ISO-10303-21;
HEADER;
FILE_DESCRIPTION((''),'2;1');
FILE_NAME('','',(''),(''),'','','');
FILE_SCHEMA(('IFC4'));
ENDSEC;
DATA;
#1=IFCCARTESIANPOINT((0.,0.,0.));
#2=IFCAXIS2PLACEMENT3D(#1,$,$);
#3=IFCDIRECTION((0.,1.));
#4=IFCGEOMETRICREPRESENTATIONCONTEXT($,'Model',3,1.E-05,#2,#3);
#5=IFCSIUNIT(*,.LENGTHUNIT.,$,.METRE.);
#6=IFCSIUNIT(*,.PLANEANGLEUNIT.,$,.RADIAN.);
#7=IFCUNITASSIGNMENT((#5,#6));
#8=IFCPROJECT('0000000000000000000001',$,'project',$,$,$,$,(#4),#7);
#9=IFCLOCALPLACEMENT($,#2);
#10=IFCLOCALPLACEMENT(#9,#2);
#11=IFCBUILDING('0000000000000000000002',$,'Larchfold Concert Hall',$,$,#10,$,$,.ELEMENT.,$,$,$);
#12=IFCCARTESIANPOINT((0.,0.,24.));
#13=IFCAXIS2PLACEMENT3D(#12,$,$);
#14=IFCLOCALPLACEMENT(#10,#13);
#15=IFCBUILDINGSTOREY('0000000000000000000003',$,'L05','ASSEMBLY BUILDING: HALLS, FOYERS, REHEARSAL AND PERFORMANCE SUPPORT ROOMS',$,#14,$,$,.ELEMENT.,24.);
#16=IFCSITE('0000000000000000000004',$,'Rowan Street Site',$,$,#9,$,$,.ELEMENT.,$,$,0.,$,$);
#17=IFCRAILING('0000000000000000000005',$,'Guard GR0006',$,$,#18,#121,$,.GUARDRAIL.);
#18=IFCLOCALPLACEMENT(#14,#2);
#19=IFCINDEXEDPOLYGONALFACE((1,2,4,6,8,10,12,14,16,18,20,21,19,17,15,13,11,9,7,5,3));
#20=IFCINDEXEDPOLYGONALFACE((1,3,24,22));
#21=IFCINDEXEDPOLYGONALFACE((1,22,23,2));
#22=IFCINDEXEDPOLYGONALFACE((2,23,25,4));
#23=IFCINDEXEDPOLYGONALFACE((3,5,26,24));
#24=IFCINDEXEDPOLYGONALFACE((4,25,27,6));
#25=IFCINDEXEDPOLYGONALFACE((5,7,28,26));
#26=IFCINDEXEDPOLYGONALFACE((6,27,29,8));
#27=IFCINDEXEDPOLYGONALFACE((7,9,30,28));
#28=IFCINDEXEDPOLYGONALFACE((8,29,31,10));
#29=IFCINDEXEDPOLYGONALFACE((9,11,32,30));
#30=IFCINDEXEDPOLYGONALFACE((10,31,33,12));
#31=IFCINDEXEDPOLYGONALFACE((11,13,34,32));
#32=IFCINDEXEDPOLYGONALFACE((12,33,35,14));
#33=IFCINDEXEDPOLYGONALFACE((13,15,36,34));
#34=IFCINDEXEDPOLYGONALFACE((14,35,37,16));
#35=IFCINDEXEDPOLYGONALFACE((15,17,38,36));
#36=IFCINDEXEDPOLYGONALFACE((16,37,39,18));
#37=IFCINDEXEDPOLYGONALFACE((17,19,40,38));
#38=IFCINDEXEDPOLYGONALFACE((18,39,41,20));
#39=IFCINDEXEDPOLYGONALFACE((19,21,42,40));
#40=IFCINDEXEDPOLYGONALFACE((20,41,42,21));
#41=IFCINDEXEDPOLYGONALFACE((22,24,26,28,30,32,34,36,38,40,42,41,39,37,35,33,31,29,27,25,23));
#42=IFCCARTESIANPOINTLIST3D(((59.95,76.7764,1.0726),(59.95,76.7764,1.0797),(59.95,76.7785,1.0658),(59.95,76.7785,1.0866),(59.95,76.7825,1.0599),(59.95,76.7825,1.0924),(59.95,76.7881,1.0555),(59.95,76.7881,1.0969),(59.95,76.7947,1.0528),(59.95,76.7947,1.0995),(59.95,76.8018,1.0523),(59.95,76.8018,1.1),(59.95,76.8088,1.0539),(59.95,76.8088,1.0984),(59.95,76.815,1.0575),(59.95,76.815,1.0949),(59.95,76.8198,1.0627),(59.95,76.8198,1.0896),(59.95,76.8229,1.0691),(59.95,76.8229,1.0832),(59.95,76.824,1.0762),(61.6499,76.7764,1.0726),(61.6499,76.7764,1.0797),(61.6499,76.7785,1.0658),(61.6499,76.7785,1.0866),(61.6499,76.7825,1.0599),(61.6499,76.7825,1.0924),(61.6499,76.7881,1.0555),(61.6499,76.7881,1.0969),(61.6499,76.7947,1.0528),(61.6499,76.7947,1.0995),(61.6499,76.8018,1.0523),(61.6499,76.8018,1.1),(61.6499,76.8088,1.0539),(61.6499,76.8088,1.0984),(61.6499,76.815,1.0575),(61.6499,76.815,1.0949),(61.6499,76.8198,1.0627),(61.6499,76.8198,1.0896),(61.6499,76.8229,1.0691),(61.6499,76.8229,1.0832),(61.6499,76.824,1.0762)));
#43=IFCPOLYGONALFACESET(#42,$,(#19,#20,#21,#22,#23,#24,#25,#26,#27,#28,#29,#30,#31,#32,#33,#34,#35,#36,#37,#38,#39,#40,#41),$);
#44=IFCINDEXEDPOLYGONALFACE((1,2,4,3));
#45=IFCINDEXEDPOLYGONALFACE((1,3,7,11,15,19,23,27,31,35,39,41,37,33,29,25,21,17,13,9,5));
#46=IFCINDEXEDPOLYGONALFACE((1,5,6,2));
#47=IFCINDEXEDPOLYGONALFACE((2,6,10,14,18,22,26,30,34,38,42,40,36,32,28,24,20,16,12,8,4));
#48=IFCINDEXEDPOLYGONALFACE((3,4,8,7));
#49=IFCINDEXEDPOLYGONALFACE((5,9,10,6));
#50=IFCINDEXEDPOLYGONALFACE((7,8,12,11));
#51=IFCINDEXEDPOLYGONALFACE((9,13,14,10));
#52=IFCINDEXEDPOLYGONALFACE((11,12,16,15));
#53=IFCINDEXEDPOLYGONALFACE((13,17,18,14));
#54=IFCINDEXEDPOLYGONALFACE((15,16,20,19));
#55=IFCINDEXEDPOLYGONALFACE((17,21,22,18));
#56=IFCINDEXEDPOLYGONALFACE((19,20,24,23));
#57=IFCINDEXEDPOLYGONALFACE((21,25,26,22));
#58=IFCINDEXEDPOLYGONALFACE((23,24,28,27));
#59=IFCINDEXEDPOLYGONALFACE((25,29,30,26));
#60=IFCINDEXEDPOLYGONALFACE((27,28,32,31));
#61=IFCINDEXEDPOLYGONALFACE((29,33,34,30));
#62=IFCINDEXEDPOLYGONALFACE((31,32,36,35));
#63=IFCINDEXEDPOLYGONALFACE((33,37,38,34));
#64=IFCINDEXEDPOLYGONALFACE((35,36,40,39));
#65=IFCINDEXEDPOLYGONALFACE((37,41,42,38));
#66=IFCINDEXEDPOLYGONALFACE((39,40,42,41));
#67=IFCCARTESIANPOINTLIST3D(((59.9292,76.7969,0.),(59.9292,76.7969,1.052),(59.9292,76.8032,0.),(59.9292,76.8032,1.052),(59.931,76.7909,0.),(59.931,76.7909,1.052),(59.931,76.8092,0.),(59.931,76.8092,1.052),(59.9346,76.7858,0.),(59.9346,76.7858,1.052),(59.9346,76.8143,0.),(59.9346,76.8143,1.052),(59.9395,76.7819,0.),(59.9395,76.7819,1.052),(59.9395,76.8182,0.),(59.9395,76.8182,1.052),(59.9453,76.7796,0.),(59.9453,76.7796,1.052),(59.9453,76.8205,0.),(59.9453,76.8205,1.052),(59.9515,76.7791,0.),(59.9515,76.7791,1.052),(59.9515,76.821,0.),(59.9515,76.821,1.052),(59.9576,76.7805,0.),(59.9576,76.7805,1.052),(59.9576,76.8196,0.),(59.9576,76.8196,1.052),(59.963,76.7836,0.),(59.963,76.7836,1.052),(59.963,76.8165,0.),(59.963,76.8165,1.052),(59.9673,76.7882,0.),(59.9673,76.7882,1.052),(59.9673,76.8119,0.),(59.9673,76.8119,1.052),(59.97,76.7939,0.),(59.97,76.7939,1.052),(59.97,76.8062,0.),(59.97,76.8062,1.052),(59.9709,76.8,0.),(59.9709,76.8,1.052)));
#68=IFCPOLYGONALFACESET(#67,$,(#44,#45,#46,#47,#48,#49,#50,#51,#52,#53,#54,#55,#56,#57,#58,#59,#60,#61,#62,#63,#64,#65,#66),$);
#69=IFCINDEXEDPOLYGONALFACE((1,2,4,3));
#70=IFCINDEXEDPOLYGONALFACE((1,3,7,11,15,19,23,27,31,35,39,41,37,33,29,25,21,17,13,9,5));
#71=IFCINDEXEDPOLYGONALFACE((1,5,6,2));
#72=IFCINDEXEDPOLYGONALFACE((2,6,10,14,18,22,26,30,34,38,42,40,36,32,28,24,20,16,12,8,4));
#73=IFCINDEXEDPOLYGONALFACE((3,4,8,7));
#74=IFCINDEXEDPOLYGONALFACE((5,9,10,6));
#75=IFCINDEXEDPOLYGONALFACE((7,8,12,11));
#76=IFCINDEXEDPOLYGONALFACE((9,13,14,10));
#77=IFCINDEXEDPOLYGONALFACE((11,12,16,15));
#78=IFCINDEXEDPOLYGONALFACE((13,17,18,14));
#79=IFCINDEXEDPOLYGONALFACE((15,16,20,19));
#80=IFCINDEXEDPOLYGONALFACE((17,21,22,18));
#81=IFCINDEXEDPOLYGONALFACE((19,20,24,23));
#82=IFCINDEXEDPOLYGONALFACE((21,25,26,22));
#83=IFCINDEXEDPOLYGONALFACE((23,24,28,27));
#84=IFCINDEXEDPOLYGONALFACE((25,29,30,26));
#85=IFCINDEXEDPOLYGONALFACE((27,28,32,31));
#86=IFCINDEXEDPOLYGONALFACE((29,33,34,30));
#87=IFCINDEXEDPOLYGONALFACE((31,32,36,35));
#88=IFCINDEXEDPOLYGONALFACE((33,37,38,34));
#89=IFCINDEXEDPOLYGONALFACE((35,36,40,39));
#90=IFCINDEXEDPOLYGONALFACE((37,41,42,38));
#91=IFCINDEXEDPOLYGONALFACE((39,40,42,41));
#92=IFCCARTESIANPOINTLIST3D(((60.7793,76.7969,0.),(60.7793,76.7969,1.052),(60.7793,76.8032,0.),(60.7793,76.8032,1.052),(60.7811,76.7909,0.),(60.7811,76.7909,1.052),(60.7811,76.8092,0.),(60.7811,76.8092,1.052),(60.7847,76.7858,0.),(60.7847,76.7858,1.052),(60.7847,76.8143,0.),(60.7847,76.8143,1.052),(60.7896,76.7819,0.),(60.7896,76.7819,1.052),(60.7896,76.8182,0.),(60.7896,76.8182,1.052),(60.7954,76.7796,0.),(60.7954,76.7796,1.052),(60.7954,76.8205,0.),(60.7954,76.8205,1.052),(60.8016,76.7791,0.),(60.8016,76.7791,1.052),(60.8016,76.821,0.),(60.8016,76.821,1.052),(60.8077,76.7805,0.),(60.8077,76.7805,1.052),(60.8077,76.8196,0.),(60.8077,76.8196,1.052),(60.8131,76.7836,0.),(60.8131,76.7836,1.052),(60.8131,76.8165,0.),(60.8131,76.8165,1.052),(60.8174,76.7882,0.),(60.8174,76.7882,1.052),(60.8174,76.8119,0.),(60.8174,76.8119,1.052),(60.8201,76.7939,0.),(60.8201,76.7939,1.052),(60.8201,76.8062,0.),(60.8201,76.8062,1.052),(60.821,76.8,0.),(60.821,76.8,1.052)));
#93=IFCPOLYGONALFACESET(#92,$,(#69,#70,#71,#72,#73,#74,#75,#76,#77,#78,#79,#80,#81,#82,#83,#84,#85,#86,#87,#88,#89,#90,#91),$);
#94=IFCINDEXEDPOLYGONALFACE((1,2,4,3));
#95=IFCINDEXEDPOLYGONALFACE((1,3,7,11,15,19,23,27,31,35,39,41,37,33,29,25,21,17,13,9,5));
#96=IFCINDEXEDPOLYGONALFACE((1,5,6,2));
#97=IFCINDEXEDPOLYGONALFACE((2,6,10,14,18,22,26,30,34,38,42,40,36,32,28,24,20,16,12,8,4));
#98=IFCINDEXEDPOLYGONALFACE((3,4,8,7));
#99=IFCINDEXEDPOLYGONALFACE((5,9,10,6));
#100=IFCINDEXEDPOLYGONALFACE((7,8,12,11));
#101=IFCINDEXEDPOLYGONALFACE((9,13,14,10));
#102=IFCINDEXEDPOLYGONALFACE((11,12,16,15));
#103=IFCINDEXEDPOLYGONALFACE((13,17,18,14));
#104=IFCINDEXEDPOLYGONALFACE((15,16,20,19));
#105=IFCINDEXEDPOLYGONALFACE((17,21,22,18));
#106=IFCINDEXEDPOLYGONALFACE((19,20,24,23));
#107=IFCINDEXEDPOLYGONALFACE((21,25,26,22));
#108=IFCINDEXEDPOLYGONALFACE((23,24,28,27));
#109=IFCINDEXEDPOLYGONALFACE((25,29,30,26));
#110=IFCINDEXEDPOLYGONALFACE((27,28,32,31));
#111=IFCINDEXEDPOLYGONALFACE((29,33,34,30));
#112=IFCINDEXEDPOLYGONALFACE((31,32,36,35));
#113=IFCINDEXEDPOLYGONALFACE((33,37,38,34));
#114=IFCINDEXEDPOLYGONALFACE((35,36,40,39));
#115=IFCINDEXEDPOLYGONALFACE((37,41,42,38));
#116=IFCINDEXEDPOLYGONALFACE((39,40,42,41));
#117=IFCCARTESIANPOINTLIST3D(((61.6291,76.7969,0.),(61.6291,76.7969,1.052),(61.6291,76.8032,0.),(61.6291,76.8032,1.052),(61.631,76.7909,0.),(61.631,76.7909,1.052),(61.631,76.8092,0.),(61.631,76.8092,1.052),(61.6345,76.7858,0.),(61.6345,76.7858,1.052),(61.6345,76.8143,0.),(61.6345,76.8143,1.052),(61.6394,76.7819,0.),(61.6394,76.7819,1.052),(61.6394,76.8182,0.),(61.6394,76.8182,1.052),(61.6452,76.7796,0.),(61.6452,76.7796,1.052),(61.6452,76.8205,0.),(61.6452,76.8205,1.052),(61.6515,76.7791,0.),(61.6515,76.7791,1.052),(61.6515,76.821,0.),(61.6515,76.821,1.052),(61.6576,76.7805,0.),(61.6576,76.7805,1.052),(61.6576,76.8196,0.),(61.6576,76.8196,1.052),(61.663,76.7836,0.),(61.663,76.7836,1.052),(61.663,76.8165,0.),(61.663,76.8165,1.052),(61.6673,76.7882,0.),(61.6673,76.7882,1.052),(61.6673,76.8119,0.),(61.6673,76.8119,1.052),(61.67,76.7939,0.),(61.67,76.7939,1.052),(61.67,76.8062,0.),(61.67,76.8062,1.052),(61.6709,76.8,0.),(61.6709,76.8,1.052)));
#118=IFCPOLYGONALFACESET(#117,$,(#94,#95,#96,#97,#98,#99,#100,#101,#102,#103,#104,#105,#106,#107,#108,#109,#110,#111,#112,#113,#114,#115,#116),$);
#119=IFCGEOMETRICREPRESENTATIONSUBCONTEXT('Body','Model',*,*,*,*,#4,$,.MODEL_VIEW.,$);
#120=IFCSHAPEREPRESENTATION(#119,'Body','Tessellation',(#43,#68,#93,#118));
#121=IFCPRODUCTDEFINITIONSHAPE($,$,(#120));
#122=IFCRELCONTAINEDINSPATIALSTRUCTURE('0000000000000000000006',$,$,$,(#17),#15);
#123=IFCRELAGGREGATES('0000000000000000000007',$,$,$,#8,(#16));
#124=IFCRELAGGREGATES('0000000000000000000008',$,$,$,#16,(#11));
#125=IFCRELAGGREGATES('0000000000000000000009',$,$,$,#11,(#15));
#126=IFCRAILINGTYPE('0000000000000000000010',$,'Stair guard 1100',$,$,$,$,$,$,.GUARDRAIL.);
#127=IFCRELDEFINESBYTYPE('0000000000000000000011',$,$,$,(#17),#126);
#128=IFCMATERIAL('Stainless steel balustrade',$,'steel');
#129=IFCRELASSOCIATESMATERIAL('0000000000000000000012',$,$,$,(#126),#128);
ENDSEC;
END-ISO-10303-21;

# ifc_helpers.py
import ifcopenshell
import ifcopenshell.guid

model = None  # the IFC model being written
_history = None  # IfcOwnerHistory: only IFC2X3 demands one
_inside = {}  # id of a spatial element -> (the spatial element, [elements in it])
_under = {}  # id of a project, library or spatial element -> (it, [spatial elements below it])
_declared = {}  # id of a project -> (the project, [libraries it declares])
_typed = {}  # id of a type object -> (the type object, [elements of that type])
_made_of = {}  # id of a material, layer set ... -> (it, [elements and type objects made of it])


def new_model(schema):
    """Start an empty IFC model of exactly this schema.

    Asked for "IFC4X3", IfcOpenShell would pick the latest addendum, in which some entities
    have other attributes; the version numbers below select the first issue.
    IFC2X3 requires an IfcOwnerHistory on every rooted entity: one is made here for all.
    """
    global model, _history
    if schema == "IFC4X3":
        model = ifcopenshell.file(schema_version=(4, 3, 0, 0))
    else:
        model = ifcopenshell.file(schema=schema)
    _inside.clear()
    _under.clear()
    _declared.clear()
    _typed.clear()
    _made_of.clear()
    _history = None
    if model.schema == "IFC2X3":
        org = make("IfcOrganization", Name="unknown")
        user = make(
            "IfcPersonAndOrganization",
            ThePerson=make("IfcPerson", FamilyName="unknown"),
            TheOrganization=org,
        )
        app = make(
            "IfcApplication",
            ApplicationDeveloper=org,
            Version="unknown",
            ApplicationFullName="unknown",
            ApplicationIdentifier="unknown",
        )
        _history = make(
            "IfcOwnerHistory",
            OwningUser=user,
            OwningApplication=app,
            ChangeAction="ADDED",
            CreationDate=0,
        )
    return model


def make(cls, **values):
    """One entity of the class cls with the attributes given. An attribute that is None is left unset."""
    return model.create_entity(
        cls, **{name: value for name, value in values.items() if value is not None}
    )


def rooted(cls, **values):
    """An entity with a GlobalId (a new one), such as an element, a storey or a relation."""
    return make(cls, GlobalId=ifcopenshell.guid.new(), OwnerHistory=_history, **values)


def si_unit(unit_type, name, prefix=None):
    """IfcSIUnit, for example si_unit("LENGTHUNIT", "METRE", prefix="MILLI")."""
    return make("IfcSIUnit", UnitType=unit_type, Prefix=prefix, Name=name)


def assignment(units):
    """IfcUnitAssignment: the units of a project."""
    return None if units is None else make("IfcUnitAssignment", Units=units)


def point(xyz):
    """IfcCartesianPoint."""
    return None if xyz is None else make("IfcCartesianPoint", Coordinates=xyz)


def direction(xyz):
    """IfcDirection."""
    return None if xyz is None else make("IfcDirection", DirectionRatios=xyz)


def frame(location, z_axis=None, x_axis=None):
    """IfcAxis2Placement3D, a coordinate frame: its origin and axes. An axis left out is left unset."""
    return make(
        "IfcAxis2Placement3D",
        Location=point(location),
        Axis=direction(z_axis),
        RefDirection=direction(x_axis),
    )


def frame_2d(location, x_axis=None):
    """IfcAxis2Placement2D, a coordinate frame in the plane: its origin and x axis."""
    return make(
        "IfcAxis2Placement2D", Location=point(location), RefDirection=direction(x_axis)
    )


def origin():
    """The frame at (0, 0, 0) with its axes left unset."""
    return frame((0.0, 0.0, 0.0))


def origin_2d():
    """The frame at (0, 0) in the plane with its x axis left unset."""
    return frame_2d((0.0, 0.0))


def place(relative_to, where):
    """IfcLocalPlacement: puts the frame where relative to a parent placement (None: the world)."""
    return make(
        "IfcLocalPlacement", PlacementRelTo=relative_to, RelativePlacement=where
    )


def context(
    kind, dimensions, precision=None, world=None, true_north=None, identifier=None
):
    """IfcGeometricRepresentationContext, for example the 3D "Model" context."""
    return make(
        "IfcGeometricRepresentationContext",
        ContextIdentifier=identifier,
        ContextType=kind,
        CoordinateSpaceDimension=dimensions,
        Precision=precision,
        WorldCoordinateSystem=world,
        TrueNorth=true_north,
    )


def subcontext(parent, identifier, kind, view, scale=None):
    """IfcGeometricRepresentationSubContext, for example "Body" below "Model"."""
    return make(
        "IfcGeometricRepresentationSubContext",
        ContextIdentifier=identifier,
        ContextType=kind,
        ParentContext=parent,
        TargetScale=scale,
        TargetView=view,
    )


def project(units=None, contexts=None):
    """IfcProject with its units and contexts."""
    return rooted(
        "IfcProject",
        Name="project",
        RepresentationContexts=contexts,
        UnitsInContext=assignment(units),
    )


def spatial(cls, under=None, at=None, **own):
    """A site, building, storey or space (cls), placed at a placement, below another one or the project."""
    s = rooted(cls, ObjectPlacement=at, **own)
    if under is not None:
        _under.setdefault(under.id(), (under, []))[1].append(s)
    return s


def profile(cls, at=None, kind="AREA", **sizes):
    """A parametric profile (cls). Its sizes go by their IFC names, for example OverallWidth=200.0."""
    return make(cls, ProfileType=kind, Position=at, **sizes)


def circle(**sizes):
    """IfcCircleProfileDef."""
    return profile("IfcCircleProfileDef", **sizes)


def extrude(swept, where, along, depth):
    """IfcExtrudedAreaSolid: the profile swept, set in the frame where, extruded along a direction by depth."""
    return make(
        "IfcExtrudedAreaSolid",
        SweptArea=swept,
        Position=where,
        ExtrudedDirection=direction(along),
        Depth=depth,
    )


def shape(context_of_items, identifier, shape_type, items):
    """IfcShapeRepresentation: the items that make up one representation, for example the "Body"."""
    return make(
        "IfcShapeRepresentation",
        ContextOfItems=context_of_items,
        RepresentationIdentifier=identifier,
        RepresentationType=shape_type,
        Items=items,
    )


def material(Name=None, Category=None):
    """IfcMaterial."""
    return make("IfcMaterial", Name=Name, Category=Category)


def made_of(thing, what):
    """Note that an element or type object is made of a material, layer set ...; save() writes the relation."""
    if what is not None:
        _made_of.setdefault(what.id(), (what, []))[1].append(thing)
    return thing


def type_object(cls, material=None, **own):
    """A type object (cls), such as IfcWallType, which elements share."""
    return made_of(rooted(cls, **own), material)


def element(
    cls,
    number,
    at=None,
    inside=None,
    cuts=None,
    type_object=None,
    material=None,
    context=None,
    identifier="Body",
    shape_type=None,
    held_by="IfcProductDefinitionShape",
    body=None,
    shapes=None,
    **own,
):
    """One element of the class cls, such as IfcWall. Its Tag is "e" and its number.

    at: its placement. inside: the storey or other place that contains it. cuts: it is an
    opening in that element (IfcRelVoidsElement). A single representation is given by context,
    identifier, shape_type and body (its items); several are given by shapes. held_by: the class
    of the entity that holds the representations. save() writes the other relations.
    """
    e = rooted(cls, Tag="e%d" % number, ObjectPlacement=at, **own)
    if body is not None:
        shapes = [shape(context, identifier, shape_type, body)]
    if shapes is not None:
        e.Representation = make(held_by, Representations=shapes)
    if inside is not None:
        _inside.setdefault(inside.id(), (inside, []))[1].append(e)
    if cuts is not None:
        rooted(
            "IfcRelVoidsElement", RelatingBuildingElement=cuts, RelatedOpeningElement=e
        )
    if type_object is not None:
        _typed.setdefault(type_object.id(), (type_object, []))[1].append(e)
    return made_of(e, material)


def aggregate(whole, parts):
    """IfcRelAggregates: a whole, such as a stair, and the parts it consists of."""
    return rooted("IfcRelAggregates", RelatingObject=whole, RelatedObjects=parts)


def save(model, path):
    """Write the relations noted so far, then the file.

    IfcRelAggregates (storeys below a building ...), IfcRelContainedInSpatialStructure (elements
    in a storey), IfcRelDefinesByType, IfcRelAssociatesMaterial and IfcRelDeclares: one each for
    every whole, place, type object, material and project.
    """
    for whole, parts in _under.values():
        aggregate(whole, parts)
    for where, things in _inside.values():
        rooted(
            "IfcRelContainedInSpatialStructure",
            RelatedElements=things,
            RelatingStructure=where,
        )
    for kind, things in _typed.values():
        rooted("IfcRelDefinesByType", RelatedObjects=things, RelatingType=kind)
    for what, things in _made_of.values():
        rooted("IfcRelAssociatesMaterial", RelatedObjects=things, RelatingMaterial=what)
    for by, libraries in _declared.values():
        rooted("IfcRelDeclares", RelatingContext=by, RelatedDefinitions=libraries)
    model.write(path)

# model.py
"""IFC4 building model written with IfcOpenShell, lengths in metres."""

from ifc_helpers import new_model, si_unit, direction, frame, origin, origin_2d, place, context, subcontext, project, spatial, circle, extrude, material, type_object, element, save


model = new_model("IFC4")

# Units and contexts
model_context = context("Model", 3, precision=1e-05, world=origin(), true_north=direction((0.0, 1.0)))
body_context = subcontext(model_context, "Body", "Model", "MODEL_VIEW")
ifc_project = project(units=[si_unit("LENGTHUNIT", "METRE"), si_unit("PLANEANGLEUNIT", "RADIAN")], contexts=[model_context])

# Site, building, storey
site_placement = place(None, origin())
site = spatial("IfcSite", under=ifc_project, at=site_placement, Name="Rowan Street Site", CompositionType="ELEMENT", RefElevation=0.0)
building_placement = place(site_placement, origin())
building = spatial("IfcBuilding", under=site, at=building_placement, Name="Larchfold Concert Hall", CompositionType="ELEMENT")
storey_placement = place(building_placement, frame((0.0, 0.0, 24.0)))
storey = spatial("IfcBuildingStorey", under=building, at=storey_placement, Name="L05", Description="ASSEMBLY BUILDING: HALLS, FOYERS, REHEARSAL AND PERFORMANCE SUPPORT ROOMS", CompositionType="ELEMENT", Elevation=24.0)

# Railing
ifc_material_1 = material(Name="Stainless steel balustrade", Category="steel")
railing_type = type_object("IfcRailingType", Name="Stair guard 1100", PredefinedType="GUARDRAIL", material=ifc_material_1)
railing_1_placement = place(storey_placement, frame((59.95, 76.8, 0.0)))
element("IfcRailing", 1, at=railing_1_placement, inside=storey, type_object=railing_type, Name="Guard GR0006", PredefinedType="GUARDRAIL", context=body_context, shape_type="SweptSolid", body=[
    extrude(circle(Radius=0.0239, at=origin_2d()), frame((0.0, 0.0, 1.0762), z_axis=(1.0, 0.0, 0.0), x_axis=(0.0, 1.0, 0.0)), (0.0, 0.0, 1.0), 1.7),
    extrude(circle(Radius=0.021, at=origin_2d()), origin(), (0.0, 0.0, 1.0), 1.052),
    extrude(circle(Radius=0.021, at=origin_2d()), frame((0.8501, 0.0, 0.0)), (0.0, 0.0, 1.0), 1.052),
    extrude(circle(Radius=0.021, at=origin_2d()), frame((1.7, 0.0, 0.0)), (0.0, 0.0, 1.0), 1.052),
])

save(model, "model.ifc")
